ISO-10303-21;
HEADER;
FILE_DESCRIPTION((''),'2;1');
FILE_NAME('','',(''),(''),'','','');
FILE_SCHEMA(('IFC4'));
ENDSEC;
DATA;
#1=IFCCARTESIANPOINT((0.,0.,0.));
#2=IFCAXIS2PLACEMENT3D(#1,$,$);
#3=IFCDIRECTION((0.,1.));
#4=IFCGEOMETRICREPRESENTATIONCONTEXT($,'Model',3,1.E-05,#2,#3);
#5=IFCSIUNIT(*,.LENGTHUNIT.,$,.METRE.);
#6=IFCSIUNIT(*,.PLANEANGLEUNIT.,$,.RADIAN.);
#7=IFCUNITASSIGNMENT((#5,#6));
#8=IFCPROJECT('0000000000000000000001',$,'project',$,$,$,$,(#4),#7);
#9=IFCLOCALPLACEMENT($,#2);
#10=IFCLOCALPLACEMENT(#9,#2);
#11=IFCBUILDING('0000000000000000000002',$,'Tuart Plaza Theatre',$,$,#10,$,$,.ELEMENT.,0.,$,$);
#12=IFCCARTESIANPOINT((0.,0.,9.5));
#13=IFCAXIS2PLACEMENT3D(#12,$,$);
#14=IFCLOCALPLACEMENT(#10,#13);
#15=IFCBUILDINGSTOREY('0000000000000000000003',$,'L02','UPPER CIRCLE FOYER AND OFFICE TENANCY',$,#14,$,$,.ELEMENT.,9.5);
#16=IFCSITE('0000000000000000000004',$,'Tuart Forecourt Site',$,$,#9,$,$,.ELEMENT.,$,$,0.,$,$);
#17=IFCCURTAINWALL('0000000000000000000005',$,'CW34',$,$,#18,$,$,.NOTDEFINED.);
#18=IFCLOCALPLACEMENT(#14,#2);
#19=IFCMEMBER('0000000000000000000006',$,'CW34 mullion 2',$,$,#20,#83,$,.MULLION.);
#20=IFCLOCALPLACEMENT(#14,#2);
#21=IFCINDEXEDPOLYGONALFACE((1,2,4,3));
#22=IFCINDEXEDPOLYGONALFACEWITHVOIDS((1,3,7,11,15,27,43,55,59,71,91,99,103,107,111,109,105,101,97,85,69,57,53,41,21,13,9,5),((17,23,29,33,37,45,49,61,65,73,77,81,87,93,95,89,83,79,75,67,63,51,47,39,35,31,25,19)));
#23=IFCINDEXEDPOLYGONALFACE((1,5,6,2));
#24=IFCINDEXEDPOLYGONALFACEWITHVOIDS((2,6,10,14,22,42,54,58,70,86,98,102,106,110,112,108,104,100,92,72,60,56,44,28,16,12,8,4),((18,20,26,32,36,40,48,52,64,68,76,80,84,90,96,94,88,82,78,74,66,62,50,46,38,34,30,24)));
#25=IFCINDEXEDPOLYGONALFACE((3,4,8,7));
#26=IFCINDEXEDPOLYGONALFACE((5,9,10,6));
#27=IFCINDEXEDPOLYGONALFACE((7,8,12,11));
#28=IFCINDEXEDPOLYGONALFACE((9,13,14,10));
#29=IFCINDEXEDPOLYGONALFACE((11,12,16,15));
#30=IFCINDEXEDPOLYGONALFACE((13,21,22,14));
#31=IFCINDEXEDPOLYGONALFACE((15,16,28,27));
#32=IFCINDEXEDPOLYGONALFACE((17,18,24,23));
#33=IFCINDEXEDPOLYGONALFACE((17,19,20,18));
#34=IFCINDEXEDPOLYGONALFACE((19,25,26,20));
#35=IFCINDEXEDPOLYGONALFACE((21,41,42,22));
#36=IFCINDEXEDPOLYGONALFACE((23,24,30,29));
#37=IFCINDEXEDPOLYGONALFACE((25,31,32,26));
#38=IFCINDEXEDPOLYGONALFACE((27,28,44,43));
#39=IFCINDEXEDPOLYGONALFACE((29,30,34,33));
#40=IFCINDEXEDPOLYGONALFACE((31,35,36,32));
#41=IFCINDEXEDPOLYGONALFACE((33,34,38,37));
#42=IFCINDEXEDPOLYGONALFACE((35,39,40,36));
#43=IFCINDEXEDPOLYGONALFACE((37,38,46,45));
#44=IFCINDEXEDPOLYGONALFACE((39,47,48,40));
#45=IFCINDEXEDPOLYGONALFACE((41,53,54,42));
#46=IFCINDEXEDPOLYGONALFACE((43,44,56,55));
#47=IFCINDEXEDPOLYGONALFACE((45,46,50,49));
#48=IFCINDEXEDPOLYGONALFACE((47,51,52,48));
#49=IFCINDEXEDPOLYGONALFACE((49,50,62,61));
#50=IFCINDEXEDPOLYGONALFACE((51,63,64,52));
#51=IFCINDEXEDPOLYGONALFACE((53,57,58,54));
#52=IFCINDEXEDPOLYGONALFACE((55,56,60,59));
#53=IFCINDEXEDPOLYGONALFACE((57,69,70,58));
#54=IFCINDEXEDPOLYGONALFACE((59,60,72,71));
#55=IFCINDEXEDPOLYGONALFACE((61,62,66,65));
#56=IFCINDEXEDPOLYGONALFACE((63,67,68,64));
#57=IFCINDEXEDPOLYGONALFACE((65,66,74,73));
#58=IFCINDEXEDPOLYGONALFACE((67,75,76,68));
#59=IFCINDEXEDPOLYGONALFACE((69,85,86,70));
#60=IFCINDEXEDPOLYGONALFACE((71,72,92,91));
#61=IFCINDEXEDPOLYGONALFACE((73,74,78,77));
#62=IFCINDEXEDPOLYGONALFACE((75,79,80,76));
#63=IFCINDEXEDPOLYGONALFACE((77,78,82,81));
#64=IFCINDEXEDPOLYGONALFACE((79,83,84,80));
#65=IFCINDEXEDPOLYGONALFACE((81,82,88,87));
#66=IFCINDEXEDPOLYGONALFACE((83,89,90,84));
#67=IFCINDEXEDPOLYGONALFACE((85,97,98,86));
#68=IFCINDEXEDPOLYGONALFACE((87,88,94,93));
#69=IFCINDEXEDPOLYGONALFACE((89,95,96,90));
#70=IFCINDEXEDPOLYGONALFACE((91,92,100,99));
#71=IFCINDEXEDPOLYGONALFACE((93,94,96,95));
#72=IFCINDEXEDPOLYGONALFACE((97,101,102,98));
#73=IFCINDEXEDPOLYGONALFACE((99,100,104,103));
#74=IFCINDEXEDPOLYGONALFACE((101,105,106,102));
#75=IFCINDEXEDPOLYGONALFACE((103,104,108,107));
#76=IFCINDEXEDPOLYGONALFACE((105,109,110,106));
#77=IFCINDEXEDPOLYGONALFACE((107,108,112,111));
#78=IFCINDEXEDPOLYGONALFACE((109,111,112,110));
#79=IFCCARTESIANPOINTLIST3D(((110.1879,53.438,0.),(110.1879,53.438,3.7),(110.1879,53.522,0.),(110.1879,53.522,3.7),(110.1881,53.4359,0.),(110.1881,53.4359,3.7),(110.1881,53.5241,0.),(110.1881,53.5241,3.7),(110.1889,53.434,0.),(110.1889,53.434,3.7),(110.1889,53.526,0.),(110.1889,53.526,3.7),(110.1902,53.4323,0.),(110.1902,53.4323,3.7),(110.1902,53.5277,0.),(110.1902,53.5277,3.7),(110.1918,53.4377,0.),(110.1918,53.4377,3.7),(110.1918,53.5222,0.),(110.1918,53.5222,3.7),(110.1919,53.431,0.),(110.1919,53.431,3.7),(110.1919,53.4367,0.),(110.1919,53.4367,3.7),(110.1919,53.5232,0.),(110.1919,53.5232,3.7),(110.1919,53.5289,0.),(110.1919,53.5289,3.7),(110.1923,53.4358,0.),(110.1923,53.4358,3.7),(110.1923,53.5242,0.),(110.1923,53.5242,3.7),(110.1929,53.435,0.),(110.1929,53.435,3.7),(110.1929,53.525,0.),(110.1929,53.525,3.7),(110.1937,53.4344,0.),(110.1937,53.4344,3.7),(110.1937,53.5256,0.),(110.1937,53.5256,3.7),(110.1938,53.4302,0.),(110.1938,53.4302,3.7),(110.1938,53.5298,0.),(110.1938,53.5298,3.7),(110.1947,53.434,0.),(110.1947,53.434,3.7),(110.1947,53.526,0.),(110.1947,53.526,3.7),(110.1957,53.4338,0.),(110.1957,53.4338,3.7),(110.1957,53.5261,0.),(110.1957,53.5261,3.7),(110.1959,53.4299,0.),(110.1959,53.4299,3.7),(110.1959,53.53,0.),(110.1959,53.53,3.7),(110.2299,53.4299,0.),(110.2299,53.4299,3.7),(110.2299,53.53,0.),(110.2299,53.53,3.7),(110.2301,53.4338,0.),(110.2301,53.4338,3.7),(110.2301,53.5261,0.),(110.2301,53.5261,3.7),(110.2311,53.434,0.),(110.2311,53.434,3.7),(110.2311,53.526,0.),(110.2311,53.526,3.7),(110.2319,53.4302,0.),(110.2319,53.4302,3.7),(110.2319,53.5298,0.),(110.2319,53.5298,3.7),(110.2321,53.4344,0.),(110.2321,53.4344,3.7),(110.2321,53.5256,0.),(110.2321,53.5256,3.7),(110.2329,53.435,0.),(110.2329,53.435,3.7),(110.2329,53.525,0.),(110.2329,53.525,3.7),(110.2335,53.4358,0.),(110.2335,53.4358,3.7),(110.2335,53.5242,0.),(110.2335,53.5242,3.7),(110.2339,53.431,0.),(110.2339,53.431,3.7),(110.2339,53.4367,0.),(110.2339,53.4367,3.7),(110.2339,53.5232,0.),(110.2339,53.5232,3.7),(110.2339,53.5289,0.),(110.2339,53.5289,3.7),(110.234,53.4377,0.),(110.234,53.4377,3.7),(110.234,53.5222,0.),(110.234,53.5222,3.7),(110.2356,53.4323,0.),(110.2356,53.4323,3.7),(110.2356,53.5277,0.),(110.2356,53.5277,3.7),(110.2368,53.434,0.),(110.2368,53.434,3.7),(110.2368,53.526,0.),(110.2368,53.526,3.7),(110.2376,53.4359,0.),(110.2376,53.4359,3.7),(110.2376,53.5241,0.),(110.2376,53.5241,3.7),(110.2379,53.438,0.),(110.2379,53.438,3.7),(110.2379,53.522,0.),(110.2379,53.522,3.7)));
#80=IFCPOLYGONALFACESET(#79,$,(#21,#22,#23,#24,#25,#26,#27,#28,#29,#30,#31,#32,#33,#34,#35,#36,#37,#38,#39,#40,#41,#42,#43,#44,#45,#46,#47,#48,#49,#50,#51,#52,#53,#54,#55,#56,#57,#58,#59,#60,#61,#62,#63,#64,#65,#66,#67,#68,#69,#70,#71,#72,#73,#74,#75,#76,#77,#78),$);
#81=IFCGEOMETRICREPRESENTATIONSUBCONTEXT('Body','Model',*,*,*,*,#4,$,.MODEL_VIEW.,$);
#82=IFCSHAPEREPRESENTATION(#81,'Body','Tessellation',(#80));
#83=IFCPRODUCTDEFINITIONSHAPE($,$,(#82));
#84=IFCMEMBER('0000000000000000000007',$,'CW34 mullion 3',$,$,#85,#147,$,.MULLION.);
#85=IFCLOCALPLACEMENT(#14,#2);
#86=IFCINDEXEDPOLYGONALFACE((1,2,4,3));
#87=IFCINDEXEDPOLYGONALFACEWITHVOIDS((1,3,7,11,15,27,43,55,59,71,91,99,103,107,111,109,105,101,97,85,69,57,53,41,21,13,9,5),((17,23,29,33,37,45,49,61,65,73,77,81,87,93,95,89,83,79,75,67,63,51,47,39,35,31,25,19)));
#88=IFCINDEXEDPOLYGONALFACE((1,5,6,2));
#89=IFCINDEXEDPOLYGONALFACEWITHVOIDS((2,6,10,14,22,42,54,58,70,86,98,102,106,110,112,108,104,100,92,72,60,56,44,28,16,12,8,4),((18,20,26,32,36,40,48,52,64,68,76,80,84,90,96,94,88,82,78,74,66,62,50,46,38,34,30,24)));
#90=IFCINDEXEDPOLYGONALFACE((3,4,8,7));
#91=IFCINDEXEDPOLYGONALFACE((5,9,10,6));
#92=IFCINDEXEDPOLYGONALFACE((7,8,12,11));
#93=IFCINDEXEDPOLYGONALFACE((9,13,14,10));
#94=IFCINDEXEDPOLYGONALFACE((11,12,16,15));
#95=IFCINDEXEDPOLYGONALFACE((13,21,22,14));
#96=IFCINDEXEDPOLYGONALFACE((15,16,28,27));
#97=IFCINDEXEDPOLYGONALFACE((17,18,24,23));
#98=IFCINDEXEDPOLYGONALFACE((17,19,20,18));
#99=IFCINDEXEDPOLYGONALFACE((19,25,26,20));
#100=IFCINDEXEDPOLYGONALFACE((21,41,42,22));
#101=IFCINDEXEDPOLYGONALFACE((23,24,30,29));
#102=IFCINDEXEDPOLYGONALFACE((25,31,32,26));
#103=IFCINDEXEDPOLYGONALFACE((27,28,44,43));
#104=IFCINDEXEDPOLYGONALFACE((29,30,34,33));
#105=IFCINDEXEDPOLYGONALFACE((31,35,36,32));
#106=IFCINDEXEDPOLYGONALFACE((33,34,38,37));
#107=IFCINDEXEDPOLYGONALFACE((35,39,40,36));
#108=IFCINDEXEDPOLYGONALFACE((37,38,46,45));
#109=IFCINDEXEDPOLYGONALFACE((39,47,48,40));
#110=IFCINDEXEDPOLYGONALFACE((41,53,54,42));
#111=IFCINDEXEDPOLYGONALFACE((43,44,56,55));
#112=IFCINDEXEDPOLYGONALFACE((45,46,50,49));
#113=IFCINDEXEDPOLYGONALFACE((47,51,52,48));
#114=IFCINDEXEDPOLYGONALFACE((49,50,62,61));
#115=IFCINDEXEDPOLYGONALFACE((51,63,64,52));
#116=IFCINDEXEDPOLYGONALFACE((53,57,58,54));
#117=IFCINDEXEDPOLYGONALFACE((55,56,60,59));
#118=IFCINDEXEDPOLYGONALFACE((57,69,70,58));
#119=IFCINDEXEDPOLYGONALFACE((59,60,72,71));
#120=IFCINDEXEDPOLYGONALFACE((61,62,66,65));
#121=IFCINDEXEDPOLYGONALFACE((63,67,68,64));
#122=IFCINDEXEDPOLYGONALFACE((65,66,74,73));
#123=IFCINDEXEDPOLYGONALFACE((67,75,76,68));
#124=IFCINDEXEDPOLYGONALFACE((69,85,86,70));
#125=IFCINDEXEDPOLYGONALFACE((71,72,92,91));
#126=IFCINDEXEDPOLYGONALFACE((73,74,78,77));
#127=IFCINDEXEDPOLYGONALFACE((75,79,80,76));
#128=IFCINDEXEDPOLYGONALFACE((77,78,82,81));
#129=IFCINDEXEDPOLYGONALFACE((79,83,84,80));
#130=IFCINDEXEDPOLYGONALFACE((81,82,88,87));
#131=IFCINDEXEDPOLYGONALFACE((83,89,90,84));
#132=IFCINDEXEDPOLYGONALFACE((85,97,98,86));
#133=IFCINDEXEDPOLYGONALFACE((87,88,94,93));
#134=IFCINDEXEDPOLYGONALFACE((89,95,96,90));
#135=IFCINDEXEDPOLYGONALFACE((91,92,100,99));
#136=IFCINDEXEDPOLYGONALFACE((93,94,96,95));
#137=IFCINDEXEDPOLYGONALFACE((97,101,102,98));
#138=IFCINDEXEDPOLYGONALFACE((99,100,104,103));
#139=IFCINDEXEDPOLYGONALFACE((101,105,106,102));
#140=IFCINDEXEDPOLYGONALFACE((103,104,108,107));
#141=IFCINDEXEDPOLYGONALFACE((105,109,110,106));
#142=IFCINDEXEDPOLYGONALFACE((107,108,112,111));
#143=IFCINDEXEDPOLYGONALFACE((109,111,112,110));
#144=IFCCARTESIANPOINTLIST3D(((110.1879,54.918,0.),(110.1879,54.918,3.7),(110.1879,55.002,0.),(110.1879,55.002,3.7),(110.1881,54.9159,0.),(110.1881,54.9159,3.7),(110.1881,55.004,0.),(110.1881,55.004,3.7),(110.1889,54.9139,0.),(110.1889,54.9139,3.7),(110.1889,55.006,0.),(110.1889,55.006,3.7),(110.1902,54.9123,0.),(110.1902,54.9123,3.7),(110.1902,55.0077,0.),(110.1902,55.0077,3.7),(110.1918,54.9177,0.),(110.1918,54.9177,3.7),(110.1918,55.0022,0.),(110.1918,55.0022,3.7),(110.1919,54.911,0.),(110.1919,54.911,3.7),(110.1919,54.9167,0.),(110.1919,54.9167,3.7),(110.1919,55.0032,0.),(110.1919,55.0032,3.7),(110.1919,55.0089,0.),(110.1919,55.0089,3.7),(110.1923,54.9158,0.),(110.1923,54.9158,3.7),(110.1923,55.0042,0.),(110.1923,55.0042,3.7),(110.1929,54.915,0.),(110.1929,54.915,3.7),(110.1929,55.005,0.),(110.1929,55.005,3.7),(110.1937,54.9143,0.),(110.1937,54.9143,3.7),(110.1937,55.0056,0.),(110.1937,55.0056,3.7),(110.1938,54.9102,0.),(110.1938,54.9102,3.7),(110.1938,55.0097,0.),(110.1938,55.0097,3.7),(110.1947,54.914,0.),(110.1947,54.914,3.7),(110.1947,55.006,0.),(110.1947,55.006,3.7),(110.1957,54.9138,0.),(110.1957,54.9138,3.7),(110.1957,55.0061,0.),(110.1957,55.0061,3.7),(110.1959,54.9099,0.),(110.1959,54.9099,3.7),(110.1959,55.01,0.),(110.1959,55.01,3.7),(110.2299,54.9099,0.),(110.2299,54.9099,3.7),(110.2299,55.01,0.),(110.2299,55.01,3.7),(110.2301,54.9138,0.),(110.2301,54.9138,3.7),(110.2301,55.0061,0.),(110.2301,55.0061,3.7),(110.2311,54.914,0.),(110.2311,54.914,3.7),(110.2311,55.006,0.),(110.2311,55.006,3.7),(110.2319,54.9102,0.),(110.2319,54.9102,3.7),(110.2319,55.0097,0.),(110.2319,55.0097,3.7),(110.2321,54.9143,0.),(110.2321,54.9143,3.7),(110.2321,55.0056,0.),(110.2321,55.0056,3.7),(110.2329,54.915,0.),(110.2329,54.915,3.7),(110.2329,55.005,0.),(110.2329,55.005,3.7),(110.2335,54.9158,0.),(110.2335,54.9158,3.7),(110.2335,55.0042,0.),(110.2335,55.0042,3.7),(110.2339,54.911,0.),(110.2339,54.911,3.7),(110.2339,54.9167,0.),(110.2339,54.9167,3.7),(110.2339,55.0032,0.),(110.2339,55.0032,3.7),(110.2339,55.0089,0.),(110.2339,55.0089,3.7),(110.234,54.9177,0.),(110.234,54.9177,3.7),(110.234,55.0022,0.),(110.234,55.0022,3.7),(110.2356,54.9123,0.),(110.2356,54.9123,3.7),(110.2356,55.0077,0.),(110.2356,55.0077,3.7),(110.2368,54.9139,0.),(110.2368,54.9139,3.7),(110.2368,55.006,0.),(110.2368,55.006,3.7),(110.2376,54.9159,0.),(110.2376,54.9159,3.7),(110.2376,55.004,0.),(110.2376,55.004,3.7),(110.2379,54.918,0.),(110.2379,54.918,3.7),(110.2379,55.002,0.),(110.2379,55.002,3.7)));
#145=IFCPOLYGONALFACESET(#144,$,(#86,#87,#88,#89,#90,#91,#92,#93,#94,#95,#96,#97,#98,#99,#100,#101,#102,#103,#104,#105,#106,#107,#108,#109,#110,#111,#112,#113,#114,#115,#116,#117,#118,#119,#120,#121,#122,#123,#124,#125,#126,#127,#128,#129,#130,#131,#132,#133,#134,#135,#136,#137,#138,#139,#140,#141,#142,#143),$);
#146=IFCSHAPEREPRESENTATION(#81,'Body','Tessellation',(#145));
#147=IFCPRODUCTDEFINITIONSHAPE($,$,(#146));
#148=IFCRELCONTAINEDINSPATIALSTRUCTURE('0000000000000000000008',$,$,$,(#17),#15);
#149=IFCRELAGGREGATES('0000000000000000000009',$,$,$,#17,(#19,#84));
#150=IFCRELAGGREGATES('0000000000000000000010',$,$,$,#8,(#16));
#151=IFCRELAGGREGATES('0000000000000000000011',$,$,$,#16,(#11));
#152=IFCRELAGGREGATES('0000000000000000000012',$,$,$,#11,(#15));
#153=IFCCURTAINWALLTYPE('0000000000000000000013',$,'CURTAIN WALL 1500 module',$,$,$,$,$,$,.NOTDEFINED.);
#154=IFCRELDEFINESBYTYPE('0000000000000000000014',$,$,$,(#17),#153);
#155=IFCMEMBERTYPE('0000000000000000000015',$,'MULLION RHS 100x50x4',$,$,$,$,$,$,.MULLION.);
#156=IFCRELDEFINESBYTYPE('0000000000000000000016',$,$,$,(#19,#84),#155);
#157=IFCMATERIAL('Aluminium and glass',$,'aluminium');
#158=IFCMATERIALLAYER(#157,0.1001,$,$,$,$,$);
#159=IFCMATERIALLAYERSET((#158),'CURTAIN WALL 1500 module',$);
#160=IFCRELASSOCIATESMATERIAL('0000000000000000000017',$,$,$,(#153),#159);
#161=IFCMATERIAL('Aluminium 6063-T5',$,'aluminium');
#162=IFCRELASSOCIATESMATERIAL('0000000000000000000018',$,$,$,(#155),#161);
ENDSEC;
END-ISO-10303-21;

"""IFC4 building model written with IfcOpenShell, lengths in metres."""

from ifc_helpers import new_model, si_unit, direction, frame, origin, origin_2d, place, context, subcontext, project, spatial, hollow_rectangle, extrude, material, layer, layer_set, material_profile, profile_set, type_object, element, aggregate, save


model = new_model("IFC4")

# Units and contexts
model_context = context("Model", 3, precision=1e-05, world=origin(), true_north=direction((0.0, 1.0)))
body_context = subcontext(model_context, "Body", "Model", "MODEL_VIEW")
ifc_project = project(units=[si_unit("LENGTHUNIT", "METRE"), si_unit("PLANEANGLEUNIT", "RADIAN")], contexts=[model_context])

# Site, building, storey
site_placement = place(None, origin())
site = spatial("IfcSite", under=ifc_project, at=site_placement, Name="Tuart Forecourt Site", CompositionType="ELEMENT", RefElevation=0.0)
building_placement = place(site_placement, origin())
building = spatial("IfcBuilding", under=site, at=building_placement, Name="Tuart Plaza Theatre", CompositionType="ELEMENT", ElevationOfRefHeight=0.0)
storey_placement = place(building_placement, frame((0.0, 0.0, 9.5)))
storey = spatial("IfcBuildingStorey", under=building, at=storey_placement, Name="L02", Description="UPPER CIRCLE FOYER AND OFFICE TENANCY", CompositionType="ELEMENT", Elevation=9.5)

# Curtain wall, members
ifc_material_1 = material(Name="Aluminium and glass", Category="aluminium")
ifc_layer_1 = layer(ifc_material_1, 0.1001)
ifc_layer_set_1 = layer_set([ifc_layer_1], Name="CURTAIN WALL 1500 module")
curtain_wall_type = type_object("IfcCurtainWallType", Name="CURTAIN WALL 1500 module", PredefinedType="NOTDEFINED", material=ifc_layer_set_1)
curtain_wall_placement = place(storey_placement, origin())
curtain_wall = element("IfcCurtainWall", 1, at=curtain_wall_placement, inside=storey, type_object=curtain_wall_type, Name="CW34", PredefinedType="NOTDEFINED")
ifc_material_2 = material(Name="Aluminium 6063-T5", Category="aluminium")
ifc_material_profile_1 = material_profile(ifc_material_2, hollow_rectangle(XDim=0.05, YDim=0.1001, WallThickness=0.0039, InnerFilletRadius=0.0039, OuterFilletRadius=0.0081, at=origin_2d()), Name="RHS 100x50x4")
ifc_profile_set_1 = profile_set([ifc_material_profile_1], Name="Aluminium 6063-T5")
member_type_1 = type_object("IfcMemberType", Name="MULLION RHS 100x50x4", PredefinedType="MULLION", material=ifc_profile_set_1)
member_1_placement = place(storey_placement, frame((110.2129, 53.48, 0.0), z_axis=(0.0, 0.0, 1.0), x_axis=(-1.0, 0.0, 0.0)))
member_1 = element("IfcMember", 2, at=member_1_placement, type_object=member_type_1, Name="CW34 mullion 2", PredefinedType="MULLION", context=body_context, shape_type="SweptSolid", body=[
    extrude(hollow_rectangle(XDim=0.05, YDim=0.1001, WallThickness=0.0039, InnerFilletRadius=0.0039, OuterFilletRadius=0.0081, at=origin_2d()), origin(), (0.0, 0.0, 1.0), 3.7),
])
member_2_placement = place(storey_placement, frame((110.2129, 54.96, 0.0), z_axis=(0.0, 0.0, 1.0), x_axis=(-1.0, 0.0, 0.0)))
member_2 = element("IfcMember", 3, at=member_2_placement, type_object=member_type_1, Name="CW34 mullion 3", PredefinedType="MULLION", context=body_context, shape_type="SweptSolid", body=[
    extrude(hollow_rectangle(XDim=0.05, YDim=0.1001, WallThickness=0.0039, InnerFilletRadius=0.0039, OuterFilletRadius=0.0081, at=origin_2d()), origin(), (0.0, 0.0, 1.0), 3.7),
])
aggregate(curtain_wall, [member_1, member_2])

save(model, "model.ifc")
